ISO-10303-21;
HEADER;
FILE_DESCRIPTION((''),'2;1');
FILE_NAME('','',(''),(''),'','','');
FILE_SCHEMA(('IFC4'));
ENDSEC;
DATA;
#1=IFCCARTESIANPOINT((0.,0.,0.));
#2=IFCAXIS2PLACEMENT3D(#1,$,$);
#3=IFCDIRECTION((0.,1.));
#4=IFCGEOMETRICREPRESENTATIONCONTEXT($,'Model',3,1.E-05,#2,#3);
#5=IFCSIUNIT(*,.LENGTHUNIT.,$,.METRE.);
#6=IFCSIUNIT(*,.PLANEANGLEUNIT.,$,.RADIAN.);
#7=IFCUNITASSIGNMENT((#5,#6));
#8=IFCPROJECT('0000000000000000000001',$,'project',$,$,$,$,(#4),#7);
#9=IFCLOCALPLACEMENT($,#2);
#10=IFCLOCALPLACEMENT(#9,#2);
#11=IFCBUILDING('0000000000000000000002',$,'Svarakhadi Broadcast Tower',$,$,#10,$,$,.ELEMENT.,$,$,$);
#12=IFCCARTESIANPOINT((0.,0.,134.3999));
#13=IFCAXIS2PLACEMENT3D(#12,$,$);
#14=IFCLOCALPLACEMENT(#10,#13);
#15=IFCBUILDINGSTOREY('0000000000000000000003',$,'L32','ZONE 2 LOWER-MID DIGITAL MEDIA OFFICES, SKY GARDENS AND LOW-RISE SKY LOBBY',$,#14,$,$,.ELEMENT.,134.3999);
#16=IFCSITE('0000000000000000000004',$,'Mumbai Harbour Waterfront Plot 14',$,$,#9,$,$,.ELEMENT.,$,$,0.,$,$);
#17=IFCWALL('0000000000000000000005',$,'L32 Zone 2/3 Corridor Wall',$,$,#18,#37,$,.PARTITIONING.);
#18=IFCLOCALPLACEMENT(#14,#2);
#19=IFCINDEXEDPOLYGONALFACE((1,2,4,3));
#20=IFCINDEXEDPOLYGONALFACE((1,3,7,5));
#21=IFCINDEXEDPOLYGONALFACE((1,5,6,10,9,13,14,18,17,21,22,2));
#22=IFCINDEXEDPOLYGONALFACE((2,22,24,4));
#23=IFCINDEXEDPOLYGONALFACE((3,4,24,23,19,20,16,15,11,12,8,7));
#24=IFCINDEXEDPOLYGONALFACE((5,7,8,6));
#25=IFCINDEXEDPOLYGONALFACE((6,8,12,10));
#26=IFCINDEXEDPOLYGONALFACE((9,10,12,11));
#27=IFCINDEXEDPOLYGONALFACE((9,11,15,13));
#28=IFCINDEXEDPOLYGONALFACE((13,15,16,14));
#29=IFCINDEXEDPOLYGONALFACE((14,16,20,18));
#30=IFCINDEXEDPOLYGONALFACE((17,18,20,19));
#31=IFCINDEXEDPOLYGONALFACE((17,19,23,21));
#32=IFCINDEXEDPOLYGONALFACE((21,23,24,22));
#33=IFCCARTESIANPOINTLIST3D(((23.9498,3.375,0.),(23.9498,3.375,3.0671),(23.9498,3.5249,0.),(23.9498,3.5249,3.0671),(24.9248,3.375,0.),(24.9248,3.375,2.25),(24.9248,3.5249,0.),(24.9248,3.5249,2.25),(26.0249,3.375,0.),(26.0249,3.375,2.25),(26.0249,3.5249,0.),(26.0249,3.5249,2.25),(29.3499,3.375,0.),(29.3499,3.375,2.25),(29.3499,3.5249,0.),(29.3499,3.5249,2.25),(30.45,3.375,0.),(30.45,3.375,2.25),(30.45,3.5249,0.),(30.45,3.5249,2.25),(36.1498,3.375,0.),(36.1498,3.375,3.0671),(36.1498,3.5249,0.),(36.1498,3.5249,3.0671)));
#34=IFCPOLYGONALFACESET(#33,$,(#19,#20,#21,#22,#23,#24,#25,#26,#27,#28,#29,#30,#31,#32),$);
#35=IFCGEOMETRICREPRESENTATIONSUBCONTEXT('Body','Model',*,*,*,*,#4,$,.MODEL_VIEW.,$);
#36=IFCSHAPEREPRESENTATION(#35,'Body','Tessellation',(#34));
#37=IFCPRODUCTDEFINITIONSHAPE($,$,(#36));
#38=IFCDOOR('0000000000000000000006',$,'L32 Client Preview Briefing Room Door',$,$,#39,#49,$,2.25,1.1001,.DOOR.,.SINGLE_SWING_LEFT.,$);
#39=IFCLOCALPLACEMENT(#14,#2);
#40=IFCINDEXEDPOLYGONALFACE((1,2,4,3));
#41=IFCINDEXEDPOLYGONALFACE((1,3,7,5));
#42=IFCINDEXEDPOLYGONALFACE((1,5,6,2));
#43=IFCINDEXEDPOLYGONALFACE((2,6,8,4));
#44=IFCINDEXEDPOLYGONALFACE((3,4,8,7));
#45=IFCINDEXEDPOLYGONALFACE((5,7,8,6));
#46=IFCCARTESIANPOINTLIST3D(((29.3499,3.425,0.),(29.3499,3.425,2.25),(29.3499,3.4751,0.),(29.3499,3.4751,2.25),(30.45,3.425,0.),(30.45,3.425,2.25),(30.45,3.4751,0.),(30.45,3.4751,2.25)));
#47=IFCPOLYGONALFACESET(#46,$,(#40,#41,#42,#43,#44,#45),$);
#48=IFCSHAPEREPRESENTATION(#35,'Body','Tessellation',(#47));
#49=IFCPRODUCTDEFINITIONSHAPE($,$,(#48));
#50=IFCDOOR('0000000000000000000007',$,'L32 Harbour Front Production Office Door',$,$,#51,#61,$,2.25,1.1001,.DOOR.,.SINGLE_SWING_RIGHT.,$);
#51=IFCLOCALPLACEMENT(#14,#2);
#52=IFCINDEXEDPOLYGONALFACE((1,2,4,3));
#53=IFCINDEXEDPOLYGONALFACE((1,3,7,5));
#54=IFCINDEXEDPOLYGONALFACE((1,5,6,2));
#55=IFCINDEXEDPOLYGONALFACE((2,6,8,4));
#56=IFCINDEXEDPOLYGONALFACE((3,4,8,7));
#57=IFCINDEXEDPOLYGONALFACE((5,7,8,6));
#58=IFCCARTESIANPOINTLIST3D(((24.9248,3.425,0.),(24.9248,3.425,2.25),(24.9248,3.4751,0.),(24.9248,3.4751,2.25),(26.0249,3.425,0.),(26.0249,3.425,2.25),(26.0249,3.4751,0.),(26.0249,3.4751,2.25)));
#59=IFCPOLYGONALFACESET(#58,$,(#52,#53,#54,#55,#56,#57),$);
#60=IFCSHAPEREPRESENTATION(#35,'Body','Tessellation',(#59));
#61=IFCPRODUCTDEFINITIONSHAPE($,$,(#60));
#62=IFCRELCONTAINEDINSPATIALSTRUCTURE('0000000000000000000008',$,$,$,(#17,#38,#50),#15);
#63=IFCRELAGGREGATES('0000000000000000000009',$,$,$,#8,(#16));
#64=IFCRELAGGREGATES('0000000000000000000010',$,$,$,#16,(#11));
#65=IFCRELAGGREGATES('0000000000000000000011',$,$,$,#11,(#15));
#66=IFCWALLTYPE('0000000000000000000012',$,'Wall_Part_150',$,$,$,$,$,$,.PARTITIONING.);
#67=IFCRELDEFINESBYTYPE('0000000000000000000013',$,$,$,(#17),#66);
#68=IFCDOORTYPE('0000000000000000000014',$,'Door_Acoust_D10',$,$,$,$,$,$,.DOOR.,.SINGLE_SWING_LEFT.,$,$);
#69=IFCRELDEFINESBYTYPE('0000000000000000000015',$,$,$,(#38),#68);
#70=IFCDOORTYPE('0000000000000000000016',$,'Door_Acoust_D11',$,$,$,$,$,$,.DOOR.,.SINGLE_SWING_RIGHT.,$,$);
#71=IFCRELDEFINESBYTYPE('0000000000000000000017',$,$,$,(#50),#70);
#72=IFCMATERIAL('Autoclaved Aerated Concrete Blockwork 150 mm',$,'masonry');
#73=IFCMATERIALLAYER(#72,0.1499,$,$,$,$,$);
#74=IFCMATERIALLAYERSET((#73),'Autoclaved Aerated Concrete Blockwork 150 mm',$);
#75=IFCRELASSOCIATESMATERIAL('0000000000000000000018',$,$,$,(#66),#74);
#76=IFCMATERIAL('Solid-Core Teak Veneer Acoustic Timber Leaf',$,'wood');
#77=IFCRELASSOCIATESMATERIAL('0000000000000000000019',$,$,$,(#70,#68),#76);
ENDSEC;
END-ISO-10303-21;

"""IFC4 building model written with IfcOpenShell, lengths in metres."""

from ifc_helpers import new_model, si_unit, direction, frame, frame_2d, origin, place, context, subcontext, project, spatial, rectangle, extrude, material, layer, layer_set, type_object, element, fill, save


model = new_model("IFC4")

# Units and contexts
model_context = context("Model", 3, precision=1e-05, world=origin(), true_north=direction((0.0, 1.0)))
body_context = subcontext(model_context, "Body", "Model", "MODEL_VIEW")
ifc_project = project(units=[si_unit("LENGTHUNIT", "METRE"), si_unit("PLANEANGLEUNIT", "RADIAN")], contexts=[model_context])

# Site, building, storey
site_placement = place(None, origin())
site = spatial("IfcSite", under=ifc_project, at=site_placement, Name="Mumbai Harbour Waterfront Plot 14", CompositionType="ELEMENT", RefElevation=0.0)
building_placement = place(site_placement, origin())
building = spatial("IfcBuilding", under=site, at=building_placement, Name="Svarakhadi Broadcast Tower", CompositionType="ELEMENT")
storey_placement = place(building_placement, frame((0.0, 0.0, 134.3999)))
storey = spatial("IfcBuildingStorey", under=building, at=storey_placement, Name="L32", Description="ZONE 2 LOWER-MID DIGITAL MEDIA OFFICES, SKY GARDENS AND LOW-RISE SKY LOBBY", CompositionType="ELEMENT", Elevation=134.3999)

# Shared definitions
ifc_material_1 = material(Name="Autoclaved Aerated Concrete Blockwork 150 mm", Category="masonry")
ifc_layer_1 = layer(ifc_material_1, 0.1499)
ifc_layer_set_1 = layer_set([ifc_layer_1], Name="Autoclaved Aerated Concrete Blockwork 150 mm")
wall_type_1 = type_object("IfcWallType", Name="Wall_Part_150", PredefinedType="PARTITIONING", material=ifc_layer_set_1)
ifc_material_2 = material(Name="Solid-Core Teak Veneer Acoustic Timber Leaf", Category="wood")
door_type_1 = type_object("IfcDoorType", Name="Door_Acoust_D11", OperationType="SINGLE_SWING_RIGHT", PredefinedType="DOOR", material=ifc_material_2)

# Shared definitions
door_type_2 = type_object("IfcDoorType", Name="Door_Acoust_D10", OperationType="SINGLE_SWING_LEFT", PredefinedType="DOOR", material=ifc_material_2)

# Wall, openings, doors
wall_1_placement = place(storey_placement, frame((36.1499, 3.45, 0.0), z_axis=(0.0, 0.0, 1.0), x_axis=(-1.0, 0.0, 0.0)))
wall_1 = element("IfcWall", 1, at=wall_1_placement, inside=storey, type_object=wall_type_1, Name="L32 Zone 2/3 Corridor Wall", PredefinedType="PARTITIONING", context=body_context, shape_type="SweptSolid", body=[
    extrude(rectangle(XDim=12.2, YDim=0.1499, at=frame_2d((6.1001, 0.0))), origin(), (0.0, 0.0, 1.0), 3.0671),
])
opening_1_placement = place(wall_1_placement, frame((10.125, 0.0, 0.0)))
opening_1 = element("IfcOpeningElement", 2, at=opening_1_placement, cuts=wall_1, PredefinedType="OPENING", context=body_context, shape_type="SweptSolid", body=[
    extrude(rectangle(XDim=1.1001, YDim=2.25, at=frame_2d((0.55, 1.125))), frame((0.0, 0.085, 0.0), z_axis=(0.0, -1.0, 0.0), x_axis=(1.0, 0.0, 0.0)), (0.0, 0.0, 1.0), 0.1699),
])
opening_2_placement = place(wall_1_placement, frame((5.7, 0.0, 0.0)))
opening_2 = element("IfcOpeningElement", 3, at=opening_2_placement, cuts=wall_1, PredefinedType="OPENING", context=body_context, shape_type="SweptSolid", body=[
    extrude(rectangle(XDim=1.1001, YDim=2.25, at=frame_2d((0.55, 1.125))), frame((0.0, 0.085, 0.0), z_axis=(0.0, -1.0, 0.0), x_axis=(1.0, 0.0, 0.0)), (0.0, 0.0, 1.0), 0.1699),
])
door_1_placement = place(opening_2_placement, origin())
door_1 = element("IfcDoor", 4, at=door_1_placement, inside=storey, type_object=door_type_2, Name="L32 Client Preview Briefing Room Door", OperationType="SINGLE_SWING_LEFT", OverallHeight=2.25, OverallWidth=1.1001, PredefinedType="DOOR", context=body_context, shape_type="SweptSolid", body=[
    extrude(rectangle(XDim=1.1001, YDim=2.25, at=frame_2d((0.55, 1.125))), frame((0.0, 0.0249, 0.0), z_axis=(0.0, -1.0, 0.0), x_axis=(1.0, 0.0, 0.0)), (0.0, 0.0, 1.0), 0.05),
])
fill(opening_2, door_1)
door_2_placement = place(opening_1_placement, origin())
door_2 = element("IfcDoor", 5, at=door_2_placement, inside=storey, type_object=door_type_1, Name="L32 Harbour Front Production Office Door", OperationType="SINGLE_SWING_RIGHT", OverallHeight=2.25, OverallWidth=1.1001, PredefinedType="DOOR", context=body_context, shape_type="SweptSolid", body=[
    extrude(rectangle(XDim=1.1001, YDim=2.25, at=frame_2d((0.55, 1.125))), frame((0.0, 0.0249, 0.0), z_axis=(0.0, -1.0, 0.0), x_axis=(1.0, 0.0, 0.0)), (0.0, 0.0, 1.0), 0.05),
])
fill(opening_1, door_2)

save(model, "model.ifc")
